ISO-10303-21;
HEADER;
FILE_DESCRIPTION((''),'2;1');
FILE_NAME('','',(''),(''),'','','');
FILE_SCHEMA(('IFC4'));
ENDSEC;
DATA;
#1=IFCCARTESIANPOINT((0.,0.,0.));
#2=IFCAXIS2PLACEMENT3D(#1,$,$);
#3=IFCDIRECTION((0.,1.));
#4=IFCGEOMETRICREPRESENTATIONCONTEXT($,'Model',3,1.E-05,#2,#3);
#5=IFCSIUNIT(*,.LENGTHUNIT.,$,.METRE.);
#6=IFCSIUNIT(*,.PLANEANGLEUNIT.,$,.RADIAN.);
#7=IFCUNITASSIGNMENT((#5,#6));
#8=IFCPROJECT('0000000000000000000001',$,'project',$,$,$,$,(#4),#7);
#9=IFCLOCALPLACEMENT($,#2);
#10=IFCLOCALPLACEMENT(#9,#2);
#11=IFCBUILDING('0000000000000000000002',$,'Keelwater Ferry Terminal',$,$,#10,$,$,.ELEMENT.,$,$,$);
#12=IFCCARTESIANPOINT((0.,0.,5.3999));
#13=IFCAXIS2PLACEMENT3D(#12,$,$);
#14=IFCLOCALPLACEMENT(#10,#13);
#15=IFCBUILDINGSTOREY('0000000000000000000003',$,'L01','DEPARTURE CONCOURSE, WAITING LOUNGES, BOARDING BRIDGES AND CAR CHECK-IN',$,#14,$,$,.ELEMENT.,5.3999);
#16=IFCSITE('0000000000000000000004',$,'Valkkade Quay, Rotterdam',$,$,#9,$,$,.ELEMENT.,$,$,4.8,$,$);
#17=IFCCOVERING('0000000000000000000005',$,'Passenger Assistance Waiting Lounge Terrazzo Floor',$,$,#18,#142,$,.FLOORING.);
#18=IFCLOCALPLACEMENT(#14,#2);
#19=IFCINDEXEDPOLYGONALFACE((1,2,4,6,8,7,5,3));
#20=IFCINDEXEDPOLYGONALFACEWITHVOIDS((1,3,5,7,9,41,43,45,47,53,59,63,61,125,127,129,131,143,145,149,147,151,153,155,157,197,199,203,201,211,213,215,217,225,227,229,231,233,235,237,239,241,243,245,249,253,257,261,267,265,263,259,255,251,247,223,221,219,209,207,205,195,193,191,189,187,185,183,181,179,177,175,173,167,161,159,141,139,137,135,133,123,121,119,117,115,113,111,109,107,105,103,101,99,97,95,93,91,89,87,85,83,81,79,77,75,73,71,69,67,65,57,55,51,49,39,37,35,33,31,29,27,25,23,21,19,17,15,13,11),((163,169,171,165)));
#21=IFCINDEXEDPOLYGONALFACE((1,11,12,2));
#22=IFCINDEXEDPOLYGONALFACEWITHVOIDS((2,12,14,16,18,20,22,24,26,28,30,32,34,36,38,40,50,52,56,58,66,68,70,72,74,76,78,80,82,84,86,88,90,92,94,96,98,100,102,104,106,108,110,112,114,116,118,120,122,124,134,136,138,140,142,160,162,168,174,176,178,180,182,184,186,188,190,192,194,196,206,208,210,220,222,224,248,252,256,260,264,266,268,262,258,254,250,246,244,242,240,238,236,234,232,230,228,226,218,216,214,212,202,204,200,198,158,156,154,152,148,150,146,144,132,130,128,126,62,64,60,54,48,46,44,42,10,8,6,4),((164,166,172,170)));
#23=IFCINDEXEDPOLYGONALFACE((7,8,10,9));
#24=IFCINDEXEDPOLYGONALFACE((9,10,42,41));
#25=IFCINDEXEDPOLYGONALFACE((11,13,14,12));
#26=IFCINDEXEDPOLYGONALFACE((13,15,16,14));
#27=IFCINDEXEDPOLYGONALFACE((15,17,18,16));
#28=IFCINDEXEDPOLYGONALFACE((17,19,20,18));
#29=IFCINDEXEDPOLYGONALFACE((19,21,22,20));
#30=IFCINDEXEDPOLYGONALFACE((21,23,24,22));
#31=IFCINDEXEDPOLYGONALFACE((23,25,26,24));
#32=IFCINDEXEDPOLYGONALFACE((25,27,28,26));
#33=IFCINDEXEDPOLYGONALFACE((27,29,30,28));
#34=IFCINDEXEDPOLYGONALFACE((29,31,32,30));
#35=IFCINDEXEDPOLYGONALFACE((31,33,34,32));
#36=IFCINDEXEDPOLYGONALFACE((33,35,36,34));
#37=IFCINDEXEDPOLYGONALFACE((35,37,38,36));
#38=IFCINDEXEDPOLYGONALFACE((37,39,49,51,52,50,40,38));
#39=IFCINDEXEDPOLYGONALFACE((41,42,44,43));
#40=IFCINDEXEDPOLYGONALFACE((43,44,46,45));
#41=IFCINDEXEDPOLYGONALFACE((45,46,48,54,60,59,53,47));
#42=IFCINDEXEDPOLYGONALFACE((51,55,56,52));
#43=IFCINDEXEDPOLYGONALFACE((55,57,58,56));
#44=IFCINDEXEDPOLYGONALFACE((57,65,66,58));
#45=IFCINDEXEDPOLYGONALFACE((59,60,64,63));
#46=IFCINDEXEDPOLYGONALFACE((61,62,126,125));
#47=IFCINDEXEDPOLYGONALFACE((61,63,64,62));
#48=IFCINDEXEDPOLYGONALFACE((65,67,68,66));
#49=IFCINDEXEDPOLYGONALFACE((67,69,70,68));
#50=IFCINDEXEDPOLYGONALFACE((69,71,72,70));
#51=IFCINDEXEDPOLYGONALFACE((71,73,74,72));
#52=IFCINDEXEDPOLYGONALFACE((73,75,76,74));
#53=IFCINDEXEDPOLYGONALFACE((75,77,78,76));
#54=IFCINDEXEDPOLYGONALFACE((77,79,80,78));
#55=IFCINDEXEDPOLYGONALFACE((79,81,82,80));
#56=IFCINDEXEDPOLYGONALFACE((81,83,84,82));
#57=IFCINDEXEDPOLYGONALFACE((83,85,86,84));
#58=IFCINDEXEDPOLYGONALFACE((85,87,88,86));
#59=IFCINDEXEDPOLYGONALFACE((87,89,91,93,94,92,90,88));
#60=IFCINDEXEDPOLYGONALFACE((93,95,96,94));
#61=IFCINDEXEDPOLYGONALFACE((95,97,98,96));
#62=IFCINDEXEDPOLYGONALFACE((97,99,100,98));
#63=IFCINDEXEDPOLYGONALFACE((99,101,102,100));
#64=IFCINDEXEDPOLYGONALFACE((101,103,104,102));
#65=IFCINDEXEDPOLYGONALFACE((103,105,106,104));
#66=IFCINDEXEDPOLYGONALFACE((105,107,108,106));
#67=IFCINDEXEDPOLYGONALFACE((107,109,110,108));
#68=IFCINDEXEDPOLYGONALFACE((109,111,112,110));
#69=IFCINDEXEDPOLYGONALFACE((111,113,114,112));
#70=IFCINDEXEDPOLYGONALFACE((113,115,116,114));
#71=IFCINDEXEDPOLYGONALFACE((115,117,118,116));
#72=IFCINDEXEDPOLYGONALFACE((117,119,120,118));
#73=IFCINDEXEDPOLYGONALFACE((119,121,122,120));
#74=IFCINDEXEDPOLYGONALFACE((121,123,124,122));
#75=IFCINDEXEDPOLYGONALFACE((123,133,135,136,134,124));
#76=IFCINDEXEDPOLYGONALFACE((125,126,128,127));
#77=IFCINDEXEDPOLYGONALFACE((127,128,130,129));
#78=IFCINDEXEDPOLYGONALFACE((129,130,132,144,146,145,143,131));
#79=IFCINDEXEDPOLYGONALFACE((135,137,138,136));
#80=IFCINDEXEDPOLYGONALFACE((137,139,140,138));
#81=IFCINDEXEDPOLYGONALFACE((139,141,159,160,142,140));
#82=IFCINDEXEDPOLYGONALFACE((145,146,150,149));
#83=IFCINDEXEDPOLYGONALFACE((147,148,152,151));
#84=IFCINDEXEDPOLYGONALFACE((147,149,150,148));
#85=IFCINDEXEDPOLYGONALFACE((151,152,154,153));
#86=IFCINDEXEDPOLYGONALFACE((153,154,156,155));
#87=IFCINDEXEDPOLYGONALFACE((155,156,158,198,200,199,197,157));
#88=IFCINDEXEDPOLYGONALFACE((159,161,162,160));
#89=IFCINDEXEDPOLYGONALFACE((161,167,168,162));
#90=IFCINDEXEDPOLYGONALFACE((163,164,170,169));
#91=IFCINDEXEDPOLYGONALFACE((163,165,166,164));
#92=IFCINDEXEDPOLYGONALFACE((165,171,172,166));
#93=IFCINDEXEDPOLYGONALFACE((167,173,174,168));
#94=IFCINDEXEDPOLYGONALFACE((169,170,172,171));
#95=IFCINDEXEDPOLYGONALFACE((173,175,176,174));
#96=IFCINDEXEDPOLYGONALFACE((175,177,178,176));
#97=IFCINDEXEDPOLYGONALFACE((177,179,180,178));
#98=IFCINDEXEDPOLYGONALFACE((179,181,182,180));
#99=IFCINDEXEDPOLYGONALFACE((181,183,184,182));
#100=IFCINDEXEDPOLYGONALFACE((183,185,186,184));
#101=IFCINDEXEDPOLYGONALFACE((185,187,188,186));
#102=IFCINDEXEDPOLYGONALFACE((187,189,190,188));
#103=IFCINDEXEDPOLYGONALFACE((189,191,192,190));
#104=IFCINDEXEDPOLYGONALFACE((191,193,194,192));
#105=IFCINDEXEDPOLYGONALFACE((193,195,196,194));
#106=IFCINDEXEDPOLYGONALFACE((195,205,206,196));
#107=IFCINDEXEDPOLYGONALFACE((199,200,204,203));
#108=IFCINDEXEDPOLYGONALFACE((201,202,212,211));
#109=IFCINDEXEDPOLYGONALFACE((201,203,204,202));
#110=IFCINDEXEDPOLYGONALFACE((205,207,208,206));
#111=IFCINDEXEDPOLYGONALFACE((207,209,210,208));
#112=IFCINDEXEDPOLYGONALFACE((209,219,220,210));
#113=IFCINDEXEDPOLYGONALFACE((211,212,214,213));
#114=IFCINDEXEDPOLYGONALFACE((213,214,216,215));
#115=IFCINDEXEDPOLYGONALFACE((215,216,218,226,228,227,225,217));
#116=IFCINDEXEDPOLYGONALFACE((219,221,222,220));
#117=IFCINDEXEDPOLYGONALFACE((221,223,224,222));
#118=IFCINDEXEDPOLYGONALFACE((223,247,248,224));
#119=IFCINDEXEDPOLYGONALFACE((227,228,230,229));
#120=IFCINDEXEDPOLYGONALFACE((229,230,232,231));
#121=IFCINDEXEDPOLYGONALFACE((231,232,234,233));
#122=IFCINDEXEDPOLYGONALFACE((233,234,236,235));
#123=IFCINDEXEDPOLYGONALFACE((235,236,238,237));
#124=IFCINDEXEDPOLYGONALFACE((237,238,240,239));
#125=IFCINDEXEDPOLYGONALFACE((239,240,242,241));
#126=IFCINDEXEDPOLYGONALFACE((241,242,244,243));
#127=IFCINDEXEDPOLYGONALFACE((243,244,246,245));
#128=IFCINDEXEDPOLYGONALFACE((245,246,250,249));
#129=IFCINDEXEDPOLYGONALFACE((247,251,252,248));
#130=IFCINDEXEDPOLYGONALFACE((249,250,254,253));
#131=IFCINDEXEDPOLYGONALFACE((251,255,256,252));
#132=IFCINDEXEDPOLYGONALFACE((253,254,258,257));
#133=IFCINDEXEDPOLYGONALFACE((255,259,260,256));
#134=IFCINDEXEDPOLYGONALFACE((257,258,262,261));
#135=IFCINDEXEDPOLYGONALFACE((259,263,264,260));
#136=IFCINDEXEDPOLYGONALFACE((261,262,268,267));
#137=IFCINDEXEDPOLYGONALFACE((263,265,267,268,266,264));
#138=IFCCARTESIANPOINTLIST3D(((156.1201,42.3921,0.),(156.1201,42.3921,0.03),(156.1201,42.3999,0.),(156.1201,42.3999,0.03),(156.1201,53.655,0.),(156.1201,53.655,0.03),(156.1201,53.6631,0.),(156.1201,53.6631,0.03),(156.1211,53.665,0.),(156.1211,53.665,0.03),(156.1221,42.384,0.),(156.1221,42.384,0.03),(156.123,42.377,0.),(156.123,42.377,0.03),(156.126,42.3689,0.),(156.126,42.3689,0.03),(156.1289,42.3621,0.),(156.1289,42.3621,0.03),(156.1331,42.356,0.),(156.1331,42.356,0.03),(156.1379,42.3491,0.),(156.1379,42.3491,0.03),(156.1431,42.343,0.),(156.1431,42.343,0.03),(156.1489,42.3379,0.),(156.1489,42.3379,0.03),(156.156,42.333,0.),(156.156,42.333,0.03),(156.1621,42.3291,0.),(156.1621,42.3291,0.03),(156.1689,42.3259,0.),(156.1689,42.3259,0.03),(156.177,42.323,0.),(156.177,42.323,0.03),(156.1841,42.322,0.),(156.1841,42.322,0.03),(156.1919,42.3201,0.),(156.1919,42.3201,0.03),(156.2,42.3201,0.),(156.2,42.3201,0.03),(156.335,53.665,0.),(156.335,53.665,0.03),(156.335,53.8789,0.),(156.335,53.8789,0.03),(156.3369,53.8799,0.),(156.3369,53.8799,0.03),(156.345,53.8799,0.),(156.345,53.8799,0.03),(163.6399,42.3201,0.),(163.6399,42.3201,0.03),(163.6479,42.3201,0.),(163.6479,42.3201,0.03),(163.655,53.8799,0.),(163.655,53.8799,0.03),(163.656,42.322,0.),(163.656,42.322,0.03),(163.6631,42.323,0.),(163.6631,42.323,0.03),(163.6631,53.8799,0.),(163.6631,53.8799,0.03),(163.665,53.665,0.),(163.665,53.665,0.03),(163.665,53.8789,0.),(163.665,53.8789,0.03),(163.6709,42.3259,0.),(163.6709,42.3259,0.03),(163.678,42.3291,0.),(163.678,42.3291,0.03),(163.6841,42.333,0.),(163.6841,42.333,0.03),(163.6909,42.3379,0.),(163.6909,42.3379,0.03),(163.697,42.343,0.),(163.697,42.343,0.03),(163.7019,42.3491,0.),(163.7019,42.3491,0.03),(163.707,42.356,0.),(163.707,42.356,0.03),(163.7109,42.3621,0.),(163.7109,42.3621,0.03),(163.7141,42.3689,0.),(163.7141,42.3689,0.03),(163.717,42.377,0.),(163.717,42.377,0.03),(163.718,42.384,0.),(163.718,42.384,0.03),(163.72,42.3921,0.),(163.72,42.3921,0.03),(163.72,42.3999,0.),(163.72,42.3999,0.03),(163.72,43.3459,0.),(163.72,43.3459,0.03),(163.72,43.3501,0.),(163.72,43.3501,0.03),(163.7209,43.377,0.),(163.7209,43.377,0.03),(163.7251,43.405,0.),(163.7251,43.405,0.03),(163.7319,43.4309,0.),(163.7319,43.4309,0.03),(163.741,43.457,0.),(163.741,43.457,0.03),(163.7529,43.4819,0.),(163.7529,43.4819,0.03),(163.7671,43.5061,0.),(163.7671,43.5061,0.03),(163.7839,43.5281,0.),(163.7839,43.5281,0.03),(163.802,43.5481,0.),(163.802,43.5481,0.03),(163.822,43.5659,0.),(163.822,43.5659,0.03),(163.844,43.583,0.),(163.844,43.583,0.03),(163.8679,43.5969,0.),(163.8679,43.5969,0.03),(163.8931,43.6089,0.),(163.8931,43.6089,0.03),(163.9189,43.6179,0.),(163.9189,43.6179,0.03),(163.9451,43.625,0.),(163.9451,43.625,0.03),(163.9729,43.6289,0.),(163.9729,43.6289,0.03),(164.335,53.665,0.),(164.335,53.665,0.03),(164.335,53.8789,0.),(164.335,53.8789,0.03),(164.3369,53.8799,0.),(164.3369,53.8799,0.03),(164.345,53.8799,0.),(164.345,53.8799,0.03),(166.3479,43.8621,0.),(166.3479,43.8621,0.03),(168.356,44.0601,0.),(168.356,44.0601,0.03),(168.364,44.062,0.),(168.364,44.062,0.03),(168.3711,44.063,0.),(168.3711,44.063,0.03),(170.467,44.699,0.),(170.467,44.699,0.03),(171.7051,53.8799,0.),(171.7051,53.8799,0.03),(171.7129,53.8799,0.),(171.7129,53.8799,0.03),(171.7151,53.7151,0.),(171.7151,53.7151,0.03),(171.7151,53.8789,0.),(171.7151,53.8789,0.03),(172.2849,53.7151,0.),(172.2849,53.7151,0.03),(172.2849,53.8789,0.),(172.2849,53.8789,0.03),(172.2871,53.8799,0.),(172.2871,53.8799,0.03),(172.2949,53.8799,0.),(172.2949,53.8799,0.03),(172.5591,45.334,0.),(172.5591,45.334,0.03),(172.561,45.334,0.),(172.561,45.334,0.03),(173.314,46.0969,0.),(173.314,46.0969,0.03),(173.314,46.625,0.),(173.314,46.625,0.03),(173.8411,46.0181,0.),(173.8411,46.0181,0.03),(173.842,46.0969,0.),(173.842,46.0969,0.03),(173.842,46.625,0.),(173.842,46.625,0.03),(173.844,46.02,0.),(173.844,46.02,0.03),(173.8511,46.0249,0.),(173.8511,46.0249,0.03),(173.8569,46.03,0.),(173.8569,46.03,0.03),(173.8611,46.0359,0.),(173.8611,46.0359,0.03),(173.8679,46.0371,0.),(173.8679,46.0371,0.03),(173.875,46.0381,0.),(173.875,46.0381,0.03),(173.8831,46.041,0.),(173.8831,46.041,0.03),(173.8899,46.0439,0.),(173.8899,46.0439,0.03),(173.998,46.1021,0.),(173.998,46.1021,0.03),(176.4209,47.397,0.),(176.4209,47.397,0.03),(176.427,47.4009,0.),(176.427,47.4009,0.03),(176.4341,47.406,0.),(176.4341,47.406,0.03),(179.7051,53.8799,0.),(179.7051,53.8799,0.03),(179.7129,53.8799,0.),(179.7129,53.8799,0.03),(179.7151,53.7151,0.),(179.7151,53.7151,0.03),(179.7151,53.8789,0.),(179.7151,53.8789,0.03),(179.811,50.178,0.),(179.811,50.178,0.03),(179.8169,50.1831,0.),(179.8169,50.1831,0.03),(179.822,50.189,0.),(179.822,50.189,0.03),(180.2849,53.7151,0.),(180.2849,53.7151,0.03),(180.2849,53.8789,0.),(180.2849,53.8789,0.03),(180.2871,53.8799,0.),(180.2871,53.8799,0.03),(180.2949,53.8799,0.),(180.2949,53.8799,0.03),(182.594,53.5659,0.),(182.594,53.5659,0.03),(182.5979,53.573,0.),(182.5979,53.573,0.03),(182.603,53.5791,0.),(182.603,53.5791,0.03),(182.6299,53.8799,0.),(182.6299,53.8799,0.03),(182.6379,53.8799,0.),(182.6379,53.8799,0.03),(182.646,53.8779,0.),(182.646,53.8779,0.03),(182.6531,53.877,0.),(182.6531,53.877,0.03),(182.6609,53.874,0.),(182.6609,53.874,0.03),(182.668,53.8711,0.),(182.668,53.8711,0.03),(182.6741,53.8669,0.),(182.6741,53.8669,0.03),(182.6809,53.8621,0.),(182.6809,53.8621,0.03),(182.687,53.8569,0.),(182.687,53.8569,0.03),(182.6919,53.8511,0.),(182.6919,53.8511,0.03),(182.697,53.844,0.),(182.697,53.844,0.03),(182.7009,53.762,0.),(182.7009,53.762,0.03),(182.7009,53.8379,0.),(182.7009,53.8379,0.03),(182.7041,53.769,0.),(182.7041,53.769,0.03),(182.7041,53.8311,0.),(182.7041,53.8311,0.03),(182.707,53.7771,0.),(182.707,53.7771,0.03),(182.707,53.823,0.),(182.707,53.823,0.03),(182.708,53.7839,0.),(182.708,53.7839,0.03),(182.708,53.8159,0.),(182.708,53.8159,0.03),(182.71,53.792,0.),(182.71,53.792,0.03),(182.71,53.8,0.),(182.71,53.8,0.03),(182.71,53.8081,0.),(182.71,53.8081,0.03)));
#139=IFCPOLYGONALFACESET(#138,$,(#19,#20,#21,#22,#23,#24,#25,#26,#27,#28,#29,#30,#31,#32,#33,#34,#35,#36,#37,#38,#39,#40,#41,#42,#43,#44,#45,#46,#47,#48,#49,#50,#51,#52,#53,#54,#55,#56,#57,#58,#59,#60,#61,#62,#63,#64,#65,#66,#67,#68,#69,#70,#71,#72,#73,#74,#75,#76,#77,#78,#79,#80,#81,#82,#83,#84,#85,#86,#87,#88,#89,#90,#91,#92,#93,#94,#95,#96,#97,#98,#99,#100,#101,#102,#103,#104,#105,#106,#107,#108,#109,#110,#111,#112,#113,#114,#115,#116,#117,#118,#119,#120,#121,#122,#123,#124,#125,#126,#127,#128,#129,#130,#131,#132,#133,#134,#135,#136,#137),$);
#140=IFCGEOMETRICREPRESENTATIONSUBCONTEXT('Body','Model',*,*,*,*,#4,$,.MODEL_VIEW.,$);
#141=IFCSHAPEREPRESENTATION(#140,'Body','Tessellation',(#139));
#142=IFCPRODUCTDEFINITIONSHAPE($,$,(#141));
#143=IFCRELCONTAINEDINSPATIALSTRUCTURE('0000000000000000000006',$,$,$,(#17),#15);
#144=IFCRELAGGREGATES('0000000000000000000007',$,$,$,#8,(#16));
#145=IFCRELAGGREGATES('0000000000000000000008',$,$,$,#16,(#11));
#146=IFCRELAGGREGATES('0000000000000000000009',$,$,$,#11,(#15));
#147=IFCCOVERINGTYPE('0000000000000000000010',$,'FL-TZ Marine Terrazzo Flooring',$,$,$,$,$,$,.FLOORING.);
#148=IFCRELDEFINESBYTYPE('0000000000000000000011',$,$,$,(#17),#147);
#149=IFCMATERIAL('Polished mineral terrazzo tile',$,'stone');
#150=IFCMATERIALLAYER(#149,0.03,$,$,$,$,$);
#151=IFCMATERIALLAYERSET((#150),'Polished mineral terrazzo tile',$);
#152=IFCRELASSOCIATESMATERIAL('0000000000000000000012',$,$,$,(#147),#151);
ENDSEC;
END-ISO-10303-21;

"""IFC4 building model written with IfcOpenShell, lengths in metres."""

from ifc_helpers import new_model, si_unit, direction, frame, origin, place, context, subcontext, project, spatial, polyline, outline, extrude, material, layer, layer_set, type_object, element, save


model = new_model("IFC4")

# Units and contexts
model_context = context("Model", 3, precision=1e-05, world=origin(), true_north=direction((0.0, 1.0)))
body_context = subcontext(model_context, "Body", "Model", "MODEL_VIEW")
ifc_project = project(units=[si_unit("LENGTHUNIT", "METRE"), si_unit("PLANEANGLEUNIT", "RADIAN")], contexts=[model_context])

# Site, building, storey
site_placement = place(None, origin())
site = spatial("IfcSite", under=ifc_project, at=site_placement, Name="Valkkade Quay, Rotterdam", CompositionType="ELEMENT", RefElevation=4.8)
building_placement = place(site_placement, origin())
building = spatial("IfcBuilding", under=site, at=building_placement, Name="Keelwater Ferry Terminal", CompositionType="ELEMENT")
storey_placement = place(building_placement, frame((0.0, 0.0, 5.3999)))
storey = spatial("IfcBuildingStorey", under=building, at=storey_placement, Name="L01", Description="DEPARTURE CONCOURSE, WAITING LOUNGES, BOARDING BRIDGES AND CAR CHECK-IN", CompositionType="ELEMENT", Elevation=5.3999)

# Covering
ifc_material_1 = material(Name="Polished mineral terrazzo tile", Category="stone")
ifc_layer_1 = layer(ifc_material_1, 0.03)
ifc_layer_set_1 = layer_set([ifc_layer_1], Name="Polished mineral terrazzo tile")
covering_type_1 = type_object("IfcCoveringType", Name="FL-TZ Marine Terrazzo Flooring", PredefinedType="FLOORING", material=ifc_layer_set_1)
covering_1_placement = place(storey_placement, origin())
element("IfcCovering", 1, at=covering_1_placement, inside=storey, type_object=covering_type_1, Name="Passenger Assistance Waiting Lounge Terrazzo Floor", PredefinedType="FLOORING", context=body_context, shape_type="SweptSolid", body=[
    extrude(outline(polyline([(163.665, 53.8789), (163.665, 53.665), (164.335, 53.665), (164.335, 53.8789), (164.3369, 53.8799), (164.345, 53.8799), (171.7051, 53.8799), (171.7129, 53.8799), (171.7151, 53.8789), (171.7151, 53.7151), (172.2849, 53.7151), (172.2849, 53.8789), (172.2871, 53.8799), (172.2949, 53.8799), (179.7051, 53.8799), (179.7129, 53.8799), (179.7151, 53.8789), (179.7151, 53.7151), (180.2849, 53.7151), (180.2849, 53.8789), (180.2871, 53.8799), (180.2949, 53.8799), (182.6299, 53.8799), (182.6379, 53.8799), (182.646, 53.8779), (182.6531, 53.877), (182.6609, 53.874), (182.668, 53.8711), (182.6741, 53.8669), (182.6809, 53.8621), (182.687, 53.8569), (182.6919, 53.8511), (182.697, 53.844), (182.7009, 53.8379), (182.7041, 53.8311), (182.707, 53.823), (182.708, 53.8159), (182.71, 53.8081), (182.71, 53.8), (182.71, 53.792), (182.708, 53.7839), (182.707, 53.7771), (182.7041, 53.769), (182.7009, 53.762), (182.603, 53.5791), (182.5979, 53.573), (182.594, 53.5659), (179.822, 50.189), (179.8169, 50.1831), (179.811, 50.178), (176.4341, 47.406), (176.427, 47.4009), (176.4209, 47.397), (173.998, 46.1021), (173.8899, 46.0439), (173.8831, 46.041), (173.875, 46.0381), (173.8679, 46.0371), (173.8611, 46.0359), (173.8569, 46.03), (173.8511, 46.0249), (173.844, 46.02), (173.8411, 46.0181), (172.561, 45.334), (172.561, 45.334), (172.5591, 45.334), (170.467, 44.699), (168.3711, 44.063), (168.364, 44.062), (168.356, 44.0601), (166.3479, 43.8621), (163.9729, 43.6289), (163.9451, 43.625), (163.9189, 43.6179), (163.8931, 43.6089), (163.8679, 43.5969), (163.844, 43.583), (163.822, 43.5659), (163.802, 43.5481), (163.7839, 43.5281), (163.7671, 43.5061), (163.7529, 43.4819), (163.741, 43.457), (163.7319, 43.4309), (163.7251, 43.405), (163.7209, 43.377), (163.72, 43.3501), (163.72, 43.3459), (163.72, 42.3999), (163.72, 42.3921), (163.718, 42.384), (163.717, 42.377), (163.7141, 42.3689), (163.7109, 42.3621), (163.707, 42.356), (163.7019, 42.3491), (163.697, 42.343), (163.6909, 42.3379), (163.6841, 42.333), (163.678, 42.3291), (163.6709, 42.3259), (163.6631, 42.323), (163.656, 42.322), (163.6479, 42.3201), (163.6399, 42.3201), (156.2, 42.3201), (156.1919, 42.3201), (156.1841, 42.322), (156.177, 42.323), (156.1689, 42.3259), (156.1621, 42.3291), (156.156, 42.333), (156.1489, 42.3379), (156.1431, 42.343), (156.1379, 42.3491), (156.1331, 42.356), (156.1289, 42.3621), (156.126, 42.3689), (156.123, 42.377), (156.1221, 42.384), (156.1201, 42.3921), (156.1201, 42.3999), (156.1201, 53.655), (156.1201, 53.6631), (156.1211, 53.665), (156.335, 53.665), (156.335, 53.8789), (156.3369, 53.8799), (156.345, 53.8799), (163.655, 53.8799), (163.6631, 53.8799), (163.665, 53.8789)]), holes=[polyline([(173.314, 46.625), (173.314, 46.0969), (173.842, 46.0969), (173.842, 46.625), (173.314, 46.625)])]), origin(), (0.0, 0.0, 1.0), 0.03),
])

save(model, "model.ifc")
